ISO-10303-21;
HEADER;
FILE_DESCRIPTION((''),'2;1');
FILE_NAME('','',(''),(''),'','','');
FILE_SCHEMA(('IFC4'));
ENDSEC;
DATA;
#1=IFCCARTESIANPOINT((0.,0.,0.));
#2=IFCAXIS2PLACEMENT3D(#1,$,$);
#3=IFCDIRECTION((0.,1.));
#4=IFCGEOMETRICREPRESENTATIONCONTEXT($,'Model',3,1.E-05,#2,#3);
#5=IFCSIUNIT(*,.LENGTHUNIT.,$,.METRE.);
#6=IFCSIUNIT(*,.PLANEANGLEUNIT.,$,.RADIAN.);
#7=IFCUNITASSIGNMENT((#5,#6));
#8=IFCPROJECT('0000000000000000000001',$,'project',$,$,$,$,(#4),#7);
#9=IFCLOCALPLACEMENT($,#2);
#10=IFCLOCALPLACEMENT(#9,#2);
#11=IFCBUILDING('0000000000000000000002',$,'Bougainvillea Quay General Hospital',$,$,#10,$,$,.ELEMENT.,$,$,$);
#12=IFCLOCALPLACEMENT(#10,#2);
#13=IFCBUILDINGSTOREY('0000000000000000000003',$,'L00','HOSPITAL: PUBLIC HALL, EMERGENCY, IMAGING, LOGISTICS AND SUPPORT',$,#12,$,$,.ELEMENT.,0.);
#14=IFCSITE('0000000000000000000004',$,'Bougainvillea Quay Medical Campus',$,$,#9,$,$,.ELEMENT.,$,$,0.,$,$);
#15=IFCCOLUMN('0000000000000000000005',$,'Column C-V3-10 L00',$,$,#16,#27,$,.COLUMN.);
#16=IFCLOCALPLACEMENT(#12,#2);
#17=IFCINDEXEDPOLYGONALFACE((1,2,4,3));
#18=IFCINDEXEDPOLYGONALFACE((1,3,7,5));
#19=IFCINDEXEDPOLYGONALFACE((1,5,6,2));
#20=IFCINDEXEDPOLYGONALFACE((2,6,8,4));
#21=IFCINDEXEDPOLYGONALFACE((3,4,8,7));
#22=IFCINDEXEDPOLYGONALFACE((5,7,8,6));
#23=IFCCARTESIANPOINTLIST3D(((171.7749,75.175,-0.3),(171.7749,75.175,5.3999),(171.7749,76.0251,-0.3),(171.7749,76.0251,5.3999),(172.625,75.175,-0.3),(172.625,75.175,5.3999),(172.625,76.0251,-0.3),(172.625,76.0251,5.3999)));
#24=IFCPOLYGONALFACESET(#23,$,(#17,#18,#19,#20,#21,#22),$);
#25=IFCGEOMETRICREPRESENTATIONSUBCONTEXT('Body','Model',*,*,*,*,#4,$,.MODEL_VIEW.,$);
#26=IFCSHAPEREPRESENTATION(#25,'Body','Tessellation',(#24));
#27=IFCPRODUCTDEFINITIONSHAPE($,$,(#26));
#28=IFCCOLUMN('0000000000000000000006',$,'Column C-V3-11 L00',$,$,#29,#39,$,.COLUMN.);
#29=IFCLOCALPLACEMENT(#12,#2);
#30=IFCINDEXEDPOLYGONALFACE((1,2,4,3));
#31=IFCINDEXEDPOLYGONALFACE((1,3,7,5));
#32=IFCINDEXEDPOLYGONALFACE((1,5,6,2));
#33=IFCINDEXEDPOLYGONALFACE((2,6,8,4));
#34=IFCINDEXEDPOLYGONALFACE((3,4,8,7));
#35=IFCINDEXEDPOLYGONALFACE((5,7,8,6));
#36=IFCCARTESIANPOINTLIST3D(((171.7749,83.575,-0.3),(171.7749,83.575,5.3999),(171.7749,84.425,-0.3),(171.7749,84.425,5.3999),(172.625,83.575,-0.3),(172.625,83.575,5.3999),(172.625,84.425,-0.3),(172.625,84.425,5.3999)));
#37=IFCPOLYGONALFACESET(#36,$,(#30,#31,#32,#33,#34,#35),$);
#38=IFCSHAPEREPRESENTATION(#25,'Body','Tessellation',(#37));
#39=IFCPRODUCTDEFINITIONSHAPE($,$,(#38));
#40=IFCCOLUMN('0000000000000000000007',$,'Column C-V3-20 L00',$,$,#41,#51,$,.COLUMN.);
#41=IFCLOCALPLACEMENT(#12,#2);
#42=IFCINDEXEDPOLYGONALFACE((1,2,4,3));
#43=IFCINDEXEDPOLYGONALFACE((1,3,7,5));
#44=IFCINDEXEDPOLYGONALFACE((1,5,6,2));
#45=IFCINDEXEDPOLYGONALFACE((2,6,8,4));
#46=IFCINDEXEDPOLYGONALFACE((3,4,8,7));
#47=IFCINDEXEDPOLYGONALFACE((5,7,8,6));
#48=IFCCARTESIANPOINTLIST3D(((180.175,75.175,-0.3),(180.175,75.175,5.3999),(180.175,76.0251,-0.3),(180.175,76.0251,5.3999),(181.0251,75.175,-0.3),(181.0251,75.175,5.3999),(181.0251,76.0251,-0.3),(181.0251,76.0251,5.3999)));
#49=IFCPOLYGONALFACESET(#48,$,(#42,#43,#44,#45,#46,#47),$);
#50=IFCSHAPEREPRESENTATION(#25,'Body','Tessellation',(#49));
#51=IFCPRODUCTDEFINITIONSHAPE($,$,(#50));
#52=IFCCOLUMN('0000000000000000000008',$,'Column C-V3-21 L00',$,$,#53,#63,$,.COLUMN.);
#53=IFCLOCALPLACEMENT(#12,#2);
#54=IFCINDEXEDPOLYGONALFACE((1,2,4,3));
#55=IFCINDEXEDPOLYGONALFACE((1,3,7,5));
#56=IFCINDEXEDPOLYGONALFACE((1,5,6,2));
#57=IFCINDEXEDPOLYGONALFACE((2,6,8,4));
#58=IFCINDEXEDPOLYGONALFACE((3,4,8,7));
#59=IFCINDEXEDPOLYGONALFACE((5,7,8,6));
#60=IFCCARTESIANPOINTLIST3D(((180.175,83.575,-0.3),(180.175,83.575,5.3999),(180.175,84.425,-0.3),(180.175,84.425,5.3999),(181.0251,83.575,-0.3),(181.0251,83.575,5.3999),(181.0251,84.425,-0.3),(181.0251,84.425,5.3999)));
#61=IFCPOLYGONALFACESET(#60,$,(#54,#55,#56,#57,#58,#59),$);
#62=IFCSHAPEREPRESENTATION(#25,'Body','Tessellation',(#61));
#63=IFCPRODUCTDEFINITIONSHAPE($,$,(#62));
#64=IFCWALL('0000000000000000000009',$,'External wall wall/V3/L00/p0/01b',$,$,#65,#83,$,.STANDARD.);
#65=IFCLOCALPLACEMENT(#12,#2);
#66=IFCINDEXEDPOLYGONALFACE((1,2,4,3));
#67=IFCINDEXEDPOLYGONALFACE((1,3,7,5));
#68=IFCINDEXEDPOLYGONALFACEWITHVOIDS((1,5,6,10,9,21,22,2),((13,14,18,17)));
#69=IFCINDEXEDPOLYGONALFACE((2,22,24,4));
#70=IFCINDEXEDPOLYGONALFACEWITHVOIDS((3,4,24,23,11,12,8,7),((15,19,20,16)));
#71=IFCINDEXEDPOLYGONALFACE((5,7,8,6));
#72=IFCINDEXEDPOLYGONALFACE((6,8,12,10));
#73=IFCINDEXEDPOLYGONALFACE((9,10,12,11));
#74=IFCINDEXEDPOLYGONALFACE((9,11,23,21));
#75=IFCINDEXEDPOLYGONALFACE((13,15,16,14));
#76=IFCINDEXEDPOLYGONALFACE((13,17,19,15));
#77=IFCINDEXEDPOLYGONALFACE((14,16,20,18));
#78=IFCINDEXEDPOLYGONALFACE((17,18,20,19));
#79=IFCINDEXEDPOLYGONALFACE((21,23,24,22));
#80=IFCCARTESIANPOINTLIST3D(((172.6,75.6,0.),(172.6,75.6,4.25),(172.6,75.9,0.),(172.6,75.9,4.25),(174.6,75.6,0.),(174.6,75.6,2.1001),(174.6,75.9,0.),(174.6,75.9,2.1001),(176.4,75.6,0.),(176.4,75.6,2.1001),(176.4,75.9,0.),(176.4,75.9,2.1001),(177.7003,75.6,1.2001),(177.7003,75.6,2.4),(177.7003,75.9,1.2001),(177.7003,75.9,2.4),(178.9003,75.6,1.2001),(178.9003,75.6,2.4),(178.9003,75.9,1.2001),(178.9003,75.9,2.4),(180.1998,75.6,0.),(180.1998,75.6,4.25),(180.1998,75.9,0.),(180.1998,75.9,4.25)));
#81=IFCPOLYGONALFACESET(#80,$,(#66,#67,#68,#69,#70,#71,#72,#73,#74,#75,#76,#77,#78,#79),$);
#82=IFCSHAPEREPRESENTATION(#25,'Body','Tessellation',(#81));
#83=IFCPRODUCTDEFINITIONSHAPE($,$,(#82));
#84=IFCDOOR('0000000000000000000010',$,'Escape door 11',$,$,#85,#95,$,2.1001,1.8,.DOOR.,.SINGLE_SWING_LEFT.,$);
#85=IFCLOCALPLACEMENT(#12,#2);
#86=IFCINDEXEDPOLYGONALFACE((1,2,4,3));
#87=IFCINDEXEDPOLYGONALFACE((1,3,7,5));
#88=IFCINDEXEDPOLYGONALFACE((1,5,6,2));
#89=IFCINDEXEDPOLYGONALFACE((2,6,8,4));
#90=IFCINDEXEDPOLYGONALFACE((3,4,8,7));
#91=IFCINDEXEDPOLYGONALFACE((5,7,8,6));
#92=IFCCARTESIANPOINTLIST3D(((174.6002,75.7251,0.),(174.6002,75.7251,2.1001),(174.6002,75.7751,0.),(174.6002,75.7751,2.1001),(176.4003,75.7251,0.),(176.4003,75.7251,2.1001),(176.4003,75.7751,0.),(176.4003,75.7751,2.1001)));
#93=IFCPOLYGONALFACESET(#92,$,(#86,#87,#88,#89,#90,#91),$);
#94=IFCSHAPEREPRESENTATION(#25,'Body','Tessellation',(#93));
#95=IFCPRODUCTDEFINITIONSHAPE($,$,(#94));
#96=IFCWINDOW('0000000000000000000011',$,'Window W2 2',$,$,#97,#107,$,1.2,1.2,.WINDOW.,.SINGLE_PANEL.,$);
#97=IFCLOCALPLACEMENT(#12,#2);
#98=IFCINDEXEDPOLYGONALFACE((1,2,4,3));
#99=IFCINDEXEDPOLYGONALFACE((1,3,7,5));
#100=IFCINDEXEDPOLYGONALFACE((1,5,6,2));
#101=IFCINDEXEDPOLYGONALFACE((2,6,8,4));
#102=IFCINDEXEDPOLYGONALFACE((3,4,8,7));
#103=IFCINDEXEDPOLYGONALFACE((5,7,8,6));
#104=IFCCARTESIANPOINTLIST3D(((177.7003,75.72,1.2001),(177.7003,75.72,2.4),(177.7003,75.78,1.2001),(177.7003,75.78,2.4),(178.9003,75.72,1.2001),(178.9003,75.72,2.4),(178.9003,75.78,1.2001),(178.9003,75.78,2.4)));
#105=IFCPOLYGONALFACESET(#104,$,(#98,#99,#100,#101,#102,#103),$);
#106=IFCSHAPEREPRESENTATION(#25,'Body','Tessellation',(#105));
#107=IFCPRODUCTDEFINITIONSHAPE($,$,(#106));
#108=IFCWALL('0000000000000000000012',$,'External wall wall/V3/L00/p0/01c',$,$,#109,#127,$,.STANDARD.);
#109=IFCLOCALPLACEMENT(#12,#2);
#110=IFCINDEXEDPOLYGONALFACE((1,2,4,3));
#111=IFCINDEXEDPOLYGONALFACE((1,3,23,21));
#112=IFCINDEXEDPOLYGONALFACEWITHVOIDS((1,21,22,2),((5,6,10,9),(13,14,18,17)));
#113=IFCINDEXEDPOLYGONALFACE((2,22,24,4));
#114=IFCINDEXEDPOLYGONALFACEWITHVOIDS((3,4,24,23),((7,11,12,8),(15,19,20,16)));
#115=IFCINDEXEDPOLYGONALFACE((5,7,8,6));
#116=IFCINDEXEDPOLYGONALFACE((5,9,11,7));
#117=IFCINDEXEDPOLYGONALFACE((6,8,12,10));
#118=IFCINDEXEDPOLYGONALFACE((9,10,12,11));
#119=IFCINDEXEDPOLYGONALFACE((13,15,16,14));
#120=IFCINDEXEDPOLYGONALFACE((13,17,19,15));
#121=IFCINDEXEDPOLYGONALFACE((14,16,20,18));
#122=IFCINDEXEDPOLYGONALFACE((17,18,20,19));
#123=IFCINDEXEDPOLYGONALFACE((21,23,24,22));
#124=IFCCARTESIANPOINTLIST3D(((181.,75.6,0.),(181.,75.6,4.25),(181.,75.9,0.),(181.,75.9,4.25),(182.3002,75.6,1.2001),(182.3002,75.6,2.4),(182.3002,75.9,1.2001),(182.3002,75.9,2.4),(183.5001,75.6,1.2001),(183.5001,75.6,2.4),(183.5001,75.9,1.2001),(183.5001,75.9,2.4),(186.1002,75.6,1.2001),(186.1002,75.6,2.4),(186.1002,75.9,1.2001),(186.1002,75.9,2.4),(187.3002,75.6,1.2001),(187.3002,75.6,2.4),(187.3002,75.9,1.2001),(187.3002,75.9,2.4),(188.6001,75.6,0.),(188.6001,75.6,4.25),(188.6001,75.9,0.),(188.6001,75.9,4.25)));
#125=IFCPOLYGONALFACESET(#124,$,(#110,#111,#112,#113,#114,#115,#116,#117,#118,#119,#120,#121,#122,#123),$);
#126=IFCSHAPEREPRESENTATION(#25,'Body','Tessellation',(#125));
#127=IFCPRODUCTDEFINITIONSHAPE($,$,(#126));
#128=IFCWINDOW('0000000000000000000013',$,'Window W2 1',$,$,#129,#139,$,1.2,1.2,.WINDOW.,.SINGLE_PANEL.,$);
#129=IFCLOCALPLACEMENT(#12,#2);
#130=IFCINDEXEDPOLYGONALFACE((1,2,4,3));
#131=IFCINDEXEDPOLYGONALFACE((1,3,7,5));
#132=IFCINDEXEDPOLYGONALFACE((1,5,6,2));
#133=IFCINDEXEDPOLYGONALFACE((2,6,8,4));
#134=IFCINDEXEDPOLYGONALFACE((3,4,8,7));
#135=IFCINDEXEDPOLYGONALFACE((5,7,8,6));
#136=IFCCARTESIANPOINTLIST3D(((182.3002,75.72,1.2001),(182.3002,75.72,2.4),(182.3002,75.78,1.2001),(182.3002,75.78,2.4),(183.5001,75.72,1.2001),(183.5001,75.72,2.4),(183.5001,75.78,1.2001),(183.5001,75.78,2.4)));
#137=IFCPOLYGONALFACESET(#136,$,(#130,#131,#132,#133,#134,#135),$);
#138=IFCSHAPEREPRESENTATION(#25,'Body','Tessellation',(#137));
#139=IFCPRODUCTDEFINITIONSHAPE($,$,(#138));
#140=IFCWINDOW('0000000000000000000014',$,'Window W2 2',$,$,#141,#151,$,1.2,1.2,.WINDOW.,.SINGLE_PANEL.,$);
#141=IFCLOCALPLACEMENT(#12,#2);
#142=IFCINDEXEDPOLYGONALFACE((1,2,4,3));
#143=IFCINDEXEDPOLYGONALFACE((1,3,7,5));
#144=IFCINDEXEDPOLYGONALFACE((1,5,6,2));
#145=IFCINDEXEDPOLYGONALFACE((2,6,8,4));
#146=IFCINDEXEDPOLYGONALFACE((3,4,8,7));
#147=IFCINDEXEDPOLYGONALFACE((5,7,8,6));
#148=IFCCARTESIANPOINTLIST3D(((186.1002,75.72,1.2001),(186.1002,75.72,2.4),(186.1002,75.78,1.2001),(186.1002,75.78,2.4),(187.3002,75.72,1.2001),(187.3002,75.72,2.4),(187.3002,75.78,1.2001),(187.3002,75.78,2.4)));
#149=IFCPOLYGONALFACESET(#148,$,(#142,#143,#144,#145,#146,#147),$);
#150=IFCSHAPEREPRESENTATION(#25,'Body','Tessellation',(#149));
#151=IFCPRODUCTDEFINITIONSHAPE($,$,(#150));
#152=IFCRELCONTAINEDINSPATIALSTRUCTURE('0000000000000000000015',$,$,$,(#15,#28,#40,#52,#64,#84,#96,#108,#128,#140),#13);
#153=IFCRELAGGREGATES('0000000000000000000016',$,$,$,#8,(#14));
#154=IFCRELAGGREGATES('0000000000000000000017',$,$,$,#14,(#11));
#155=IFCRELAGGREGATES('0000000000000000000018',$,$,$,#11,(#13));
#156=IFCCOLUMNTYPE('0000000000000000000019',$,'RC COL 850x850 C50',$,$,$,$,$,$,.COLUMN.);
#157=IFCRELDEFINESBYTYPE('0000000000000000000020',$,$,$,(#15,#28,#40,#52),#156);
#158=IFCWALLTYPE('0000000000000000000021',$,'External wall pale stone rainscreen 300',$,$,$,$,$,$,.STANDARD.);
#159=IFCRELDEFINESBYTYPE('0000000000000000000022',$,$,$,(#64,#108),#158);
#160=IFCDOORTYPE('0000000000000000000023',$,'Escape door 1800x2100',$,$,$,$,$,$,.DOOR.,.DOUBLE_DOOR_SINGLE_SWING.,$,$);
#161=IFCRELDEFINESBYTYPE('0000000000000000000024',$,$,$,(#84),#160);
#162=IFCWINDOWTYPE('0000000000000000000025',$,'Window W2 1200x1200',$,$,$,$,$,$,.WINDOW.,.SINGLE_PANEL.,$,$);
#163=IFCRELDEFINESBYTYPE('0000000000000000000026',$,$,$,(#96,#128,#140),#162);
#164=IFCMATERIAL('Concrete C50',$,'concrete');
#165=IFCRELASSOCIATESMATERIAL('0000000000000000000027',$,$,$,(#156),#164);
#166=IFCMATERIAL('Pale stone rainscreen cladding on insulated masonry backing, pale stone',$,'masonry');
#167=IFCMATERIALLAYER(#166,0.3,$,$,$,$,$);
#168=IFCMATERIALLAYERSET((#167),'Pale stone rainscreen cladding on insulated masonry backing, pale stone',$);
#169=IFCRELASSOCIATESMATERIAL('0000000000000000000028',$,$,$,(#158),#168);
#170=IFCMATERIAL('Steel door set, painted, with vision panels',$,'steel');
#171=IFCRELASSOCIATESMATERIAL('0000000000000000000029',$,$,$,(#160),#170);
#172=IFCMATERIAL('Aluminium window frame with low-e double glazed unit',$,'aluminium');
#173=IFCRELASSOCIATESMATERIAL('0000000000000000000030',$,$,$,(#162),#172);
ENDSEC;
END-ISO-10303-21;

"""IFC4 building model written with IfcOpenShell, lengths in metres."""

from ifc_helpers import new_model, si_unit, direction, frame, frame_2d, origin, origin_2d, place, context, subcontext, project, spatial, rectangle, extrude, material, layer, layer_set, material_profile, profile_set, type_object, element, fill, save


model = new_model("IFC4")

# Units and contexts
model_context = context("Model", 3, precision=1e-05, world=origin(), true_north=direction((0.0, 1.0)))
body_context = subcontext(model_context, "Body", "Model", "MODEL_VIEW")
ifc_project = project(units=[si_unit("LENGTHUNIT", "METRE"), si_unit("PLANEANGLEUNIT", "RADIAN")], contexts=[model_context])

# Site, building, storey
site_placement = place(None, origin())
site = spatial("IfcSite", under=ifc_project, at=site_placement, Name="Bougainvillea Quay Medical Campus", CompositionType="ELEMENT", RefElevation=0.0)
building_placement = place(site_placement, origin())
building = spatial("IfcBuilding", under=site, at=building_placement, Name="Bougainvillea Quay General Hospital", CompositionType="ELEMENT")
storey_placement = place(building_placement, origin())
storey = spatial("IfcBuildingStorey", under=building, at=storey_placement, Name="L00", Description="HOSPITAL: PUBLIC HALL, EMERGENCY, IMAGING, LOGISTICS AND SUPPORT", CompositionType="ELEMENT", Elevation=0.0)

# Columns
ifc_material_1 = material(Name="Concrete C50", Category="concrete")
ifc_material_profile_1 = material_profile(ifc_material_1, rectangle(XDim=0.8501, YDim=0.8501, at=origin_2d()))
ifc_profile_set_1 = profile_set([ifc_material_profile_1], Name="Concrete C50")
column_type = type_object("IfcColumnType", Name="RC COL 850x850 C50", PredefinedType="COLUMN", material=ifc_profile_set_1)
for number, where, z_axis, x_axis, name in (
    (1, (172.2, 75.6001, -0.3), (0.0, 0.0, 1.0), (1.0, 0.0, 0.0), "Column C-V3-10 L00"),
    (2, (172.2, 84.0, -0.3), (0.0, 0.0, 1.0), (1.0, 0.0, 0.0), "Column C-V3-11 L00"),
    (3, (180.6001, 75.6001, -0.3), (0.0, 0.0, 1.0), (1.0, 0.0, 0.0), "Column C-V3-20 L00"),
    (4, (180.6001, 84.0, -0.3), (0.0, 0.0, 1.0), (1.0, 0.0, 0.0), "Column C-V3-21 L00"),
):
    element("IfcColumn", number, at=place(storey_placement, frame(where, z_axis=z_axis, x_axis=x_axis)), inside=storey, type_object=column_type, Name=name, PredefinedType="COLUMN", context=body_context, shape_type="SweptSolid", body=[
        extrude(rectangle(XDim=0.8501, YDim=0.8501, at=origin_2d()), origin(), (0.0, 0.0, 1.0), 5.7),
    ])

# Wall, openings, door, window
ifc_material_2 = material(Name="Pale stone rainscreen cladding on insulated masonry backing, pale stone", Category="masonry")
ifc_layer_1 = layer(ifc_material_2, 0.3)
ifc_layer_set_1 = layer_set([ifc_layer_1], Name="Pale stone rainscreen cladding on insulated masonry backing, pale stone")
wall_type_1 = type_object("IfcWallType", Name="External wall pale stone rainscreen 300", PredefinedType="STANDARD", material=ifc_layer_set_1)
wall_1_placement = place(storey_placement, frame((172.6001, 75.75, 0.0), z_axis=(0.0, 0.0, 1.0), x_axis=(1.0, 0.0, 0.0)))
wall_1 = element("IfcWall", 5, at=wall_1_placement, inside=storey, type_object=wall_type_1, Name="External wall wall/V3/L00/p0/01b", PredefinedType="STANDARD", context=body_context, shape_type="SweptSolid", body=[
    extrude(rectangle(XDim=7.5999, YDim=0.3, at=frame_2d((3.7998, 0.0))), origin(), (0.0, 0.0, 1.0), 4.25),
])
opening_1_placement = place(wall_1_placement, frame((2.0, 0.0, 0.0)))
opening_1 = element("IfcOpeningElement", 6, at=opening_1_placement, cuts=wall_1, PredefinedType="OPENING", context=body_context, shape_type="SweptSolid", body=[
    extrude(rectangle(XDim=1.8, YDim=2.1001, at=frame_2d((0.8999, 1.05))), frame((0.0, 0.1599, 0.0), z_axis=(0.0, -1.0, 0.0), x_axis=(1.0, 0.0, 0.0)), (0.0, 0.0, 1.0), 0.3201),
])
opening_2_placement = place(wall_1_placement, frame((5.1001, 0.0, 1.2)))
opening_2 = element("IfcOpeningElement", 7, at=opening_2_placement, cuts=wall_1, PredefinedType="OPENING", context=body_context, shape_type="SweptSolid", body=[
    extrude(rectangle(XDim=1.2, YDim=1.2, at=frame_2d((0.6001, 0.6001))), frame((0.0, 0.1599, 0.0), z_axis=(0.0, -1.0, 0.0), x_axis=(1.0, 0.0, 0.0)), (0.0, 0.0, 1.0), 0.3201),
])
ifc_material_3 = material(Name="Steel door set, painted, with vision panels", Category="steel")
door_type_1 = type_object("IfcDoorType", Name="Escape door 1800x2100", OperationType="DOUBLE_DOOR_SINGLE_SWING", PredefinedType="DOOR", material=ifc_material_3)
door_1_placement = place(opening_1_placement, frame((1.8, 0.0, 0.0), z_axis=(0.0, 0.0, 1.0), x_axis=(-1.0, 0.0, 0.0)))
door_1 = element("IfcDoor", 8, at=door_1_placement, inside=storey, type_object=door_type_1, Name="Escape door 11", OperationType="SINGLE_SWING_LEFT", OverallHeight=2.1001, OverallWidth=1.8, PredefinedType="DOOR", context=body_context, shape_type="SweptSolid", body=[
    extrude(rectangle(XDim=1.8, YDim=2.1001, at=frame_2d((0.8999, 1.05))), frame((0.0, 0.0249, 0.0), z_axis=(0.0, -1.0, 0.0), x_axis=(1.0, 0.0, 0.0)), (0.0, 0.0, 1.0), 0.05),
])
fill(opening_1, door_1)
ifc_material_4 = material(Name="Aluminium window frame with low-e double glazed unit", Category="aluminium")
window_type = type_object("IfcWindowType", Name="Window W2 1200x1200", PartitioningType="SINGLE_PANEL", PredefinedType="WINDOW", material=ifc_material_4)
window_1_placement = place(opening_2_placement, origin())
window_1 = element("IfcWindow", 9, at=window_1_placement, inside=storey, type_object=window_type, Name="Window W2 2", OverallHeight=1.2, OverallWidth=1.2, PartitioningType="SINGLE_PANEL", PredefinedType="WINDOW", context=body_context, shape_type="SweptSolid", body=[
    extrude(rectangle(XDim=1.2, YDim=1.2, at=frame_2d((0.6001, 0.6001))), frame((0.0, 0.03, 0.0), z_axis=(0.0, -1.0, 0.0), x_axis=(1.0, 0.0, 0.0)), (0.0, 0.0, 1.0), 0.0601),
])
fill(opening_2, window_1)

# Wall, openings, windows
wall_2_placement = place(storey_placement, frame((181.0, 75.75, 0.0), z_axis=(0.0, 0.0, 1.0), x_axis=(1.0, 0.0, 0.0)))
wall_2 = element("IfcWall", 10, at=wall_2_placement, inside=storey, type_object=wall_type_1, Name="External wall wall/V3/L00/p0/01c", PredefinedType="STANDARD", context=body_context, shape_type="SweptSolid", body=[
    extrude(rectangle(XDim=7.6001, YDim=0.3, at=frame_2d((3.8, 0.0))), origin(), (0.0, 0.0, 1.0), 4.25),
])
opening_3_placement = place(wall_2_placement, frame((1.3, 0.0, 1.2)))
opening_3 = element("IfcOpeningElement", 11, at=opening_3_placement, cuts=wall_2, PredefinedType="OPENING", context=body_context, shape_type="SweptSolid", body=[
    extrude(rectangle(XDim=1.2, YDim=1.2, at=frame_2d((0.6001, 0.6001))), frame((0.0, 0.1599, 0.0), z_axis=(0.0, -1.0, 0.0), x_axis=(1.0, 0.0, 0.0)), (0.0, 0.0, 1.0), 0.3201),
])
opening_4_placement = place(wall_2_placement, frame((5.1001, 0.0, 1.2)))
opening_4 = element("IfcOpeningElement", 12, at=opening_4_placement, cuts=wall_2, PredefinedType="OPENING", context=body_context, shape_type="SweptSolid", body=[
    extrude(rectangle(XDim=1.2, YDim=1.2, at=frame_2d((0.6001, 0.6001))), frame((0.0, 0.1599, 0.0), z_axis=(0.0, -1.0, 0.0), x_axis=(1.0, 0.0, 0.0)), (0.0, 0.0, 1.0), 0.3201),
])
window_2_placement = place(opening_3_placement, origin())
window_2 = element("IfcWindow", 13, at=window_2_placement, inside=storey, type_object=window_type, Name="Window W2 1", OverallHeight=1.2, OverallWidth=1.2, PartitioningType="SINGLE_PANEL", PredefinedType="WINDOW", context=body_context, shape_type="SweptSolid", body=[
    extrude(rectangle(XDim=1.2, YDim=1.2, at=frame_2d((0.6001, 0.6001))), frame((0.0, 0.03, 0.0), z_axis=(0.0, -1.0, 0.0), x_axis=(1.0, 0.0, 0.0)), (0.0, 0.0, 1.0), 0.0601),
])
fill(opening_3, window_2)
window_3_placement = place(opening_4_placement, origin())
window_3 = element("IfcWindow", 14, at=window_3_placement, inside=storey, type_object=window_type, Name="Window W2 2", OverallHeight=1.2, OverallWidth=1.2, PartitioningType="SINGLE_PANEL", PredefinedType="WINDOW", context=body_context, shape_type="SweptSolid", body=[
    extrude(rectangle(XDim=1.2, YDim=1.2, at=frame_2d((0.6001, 0.6001))), frame((0.0, 0.03, 0.0), z_axis=(0.0, -1.0, 0.0), x_axis=(1.0, 0.0, 0.0)), (0.0, 0.0, 1.0), 0.0601),
])
fill(opening_4, window_3)

save(model, "model.ifc")
